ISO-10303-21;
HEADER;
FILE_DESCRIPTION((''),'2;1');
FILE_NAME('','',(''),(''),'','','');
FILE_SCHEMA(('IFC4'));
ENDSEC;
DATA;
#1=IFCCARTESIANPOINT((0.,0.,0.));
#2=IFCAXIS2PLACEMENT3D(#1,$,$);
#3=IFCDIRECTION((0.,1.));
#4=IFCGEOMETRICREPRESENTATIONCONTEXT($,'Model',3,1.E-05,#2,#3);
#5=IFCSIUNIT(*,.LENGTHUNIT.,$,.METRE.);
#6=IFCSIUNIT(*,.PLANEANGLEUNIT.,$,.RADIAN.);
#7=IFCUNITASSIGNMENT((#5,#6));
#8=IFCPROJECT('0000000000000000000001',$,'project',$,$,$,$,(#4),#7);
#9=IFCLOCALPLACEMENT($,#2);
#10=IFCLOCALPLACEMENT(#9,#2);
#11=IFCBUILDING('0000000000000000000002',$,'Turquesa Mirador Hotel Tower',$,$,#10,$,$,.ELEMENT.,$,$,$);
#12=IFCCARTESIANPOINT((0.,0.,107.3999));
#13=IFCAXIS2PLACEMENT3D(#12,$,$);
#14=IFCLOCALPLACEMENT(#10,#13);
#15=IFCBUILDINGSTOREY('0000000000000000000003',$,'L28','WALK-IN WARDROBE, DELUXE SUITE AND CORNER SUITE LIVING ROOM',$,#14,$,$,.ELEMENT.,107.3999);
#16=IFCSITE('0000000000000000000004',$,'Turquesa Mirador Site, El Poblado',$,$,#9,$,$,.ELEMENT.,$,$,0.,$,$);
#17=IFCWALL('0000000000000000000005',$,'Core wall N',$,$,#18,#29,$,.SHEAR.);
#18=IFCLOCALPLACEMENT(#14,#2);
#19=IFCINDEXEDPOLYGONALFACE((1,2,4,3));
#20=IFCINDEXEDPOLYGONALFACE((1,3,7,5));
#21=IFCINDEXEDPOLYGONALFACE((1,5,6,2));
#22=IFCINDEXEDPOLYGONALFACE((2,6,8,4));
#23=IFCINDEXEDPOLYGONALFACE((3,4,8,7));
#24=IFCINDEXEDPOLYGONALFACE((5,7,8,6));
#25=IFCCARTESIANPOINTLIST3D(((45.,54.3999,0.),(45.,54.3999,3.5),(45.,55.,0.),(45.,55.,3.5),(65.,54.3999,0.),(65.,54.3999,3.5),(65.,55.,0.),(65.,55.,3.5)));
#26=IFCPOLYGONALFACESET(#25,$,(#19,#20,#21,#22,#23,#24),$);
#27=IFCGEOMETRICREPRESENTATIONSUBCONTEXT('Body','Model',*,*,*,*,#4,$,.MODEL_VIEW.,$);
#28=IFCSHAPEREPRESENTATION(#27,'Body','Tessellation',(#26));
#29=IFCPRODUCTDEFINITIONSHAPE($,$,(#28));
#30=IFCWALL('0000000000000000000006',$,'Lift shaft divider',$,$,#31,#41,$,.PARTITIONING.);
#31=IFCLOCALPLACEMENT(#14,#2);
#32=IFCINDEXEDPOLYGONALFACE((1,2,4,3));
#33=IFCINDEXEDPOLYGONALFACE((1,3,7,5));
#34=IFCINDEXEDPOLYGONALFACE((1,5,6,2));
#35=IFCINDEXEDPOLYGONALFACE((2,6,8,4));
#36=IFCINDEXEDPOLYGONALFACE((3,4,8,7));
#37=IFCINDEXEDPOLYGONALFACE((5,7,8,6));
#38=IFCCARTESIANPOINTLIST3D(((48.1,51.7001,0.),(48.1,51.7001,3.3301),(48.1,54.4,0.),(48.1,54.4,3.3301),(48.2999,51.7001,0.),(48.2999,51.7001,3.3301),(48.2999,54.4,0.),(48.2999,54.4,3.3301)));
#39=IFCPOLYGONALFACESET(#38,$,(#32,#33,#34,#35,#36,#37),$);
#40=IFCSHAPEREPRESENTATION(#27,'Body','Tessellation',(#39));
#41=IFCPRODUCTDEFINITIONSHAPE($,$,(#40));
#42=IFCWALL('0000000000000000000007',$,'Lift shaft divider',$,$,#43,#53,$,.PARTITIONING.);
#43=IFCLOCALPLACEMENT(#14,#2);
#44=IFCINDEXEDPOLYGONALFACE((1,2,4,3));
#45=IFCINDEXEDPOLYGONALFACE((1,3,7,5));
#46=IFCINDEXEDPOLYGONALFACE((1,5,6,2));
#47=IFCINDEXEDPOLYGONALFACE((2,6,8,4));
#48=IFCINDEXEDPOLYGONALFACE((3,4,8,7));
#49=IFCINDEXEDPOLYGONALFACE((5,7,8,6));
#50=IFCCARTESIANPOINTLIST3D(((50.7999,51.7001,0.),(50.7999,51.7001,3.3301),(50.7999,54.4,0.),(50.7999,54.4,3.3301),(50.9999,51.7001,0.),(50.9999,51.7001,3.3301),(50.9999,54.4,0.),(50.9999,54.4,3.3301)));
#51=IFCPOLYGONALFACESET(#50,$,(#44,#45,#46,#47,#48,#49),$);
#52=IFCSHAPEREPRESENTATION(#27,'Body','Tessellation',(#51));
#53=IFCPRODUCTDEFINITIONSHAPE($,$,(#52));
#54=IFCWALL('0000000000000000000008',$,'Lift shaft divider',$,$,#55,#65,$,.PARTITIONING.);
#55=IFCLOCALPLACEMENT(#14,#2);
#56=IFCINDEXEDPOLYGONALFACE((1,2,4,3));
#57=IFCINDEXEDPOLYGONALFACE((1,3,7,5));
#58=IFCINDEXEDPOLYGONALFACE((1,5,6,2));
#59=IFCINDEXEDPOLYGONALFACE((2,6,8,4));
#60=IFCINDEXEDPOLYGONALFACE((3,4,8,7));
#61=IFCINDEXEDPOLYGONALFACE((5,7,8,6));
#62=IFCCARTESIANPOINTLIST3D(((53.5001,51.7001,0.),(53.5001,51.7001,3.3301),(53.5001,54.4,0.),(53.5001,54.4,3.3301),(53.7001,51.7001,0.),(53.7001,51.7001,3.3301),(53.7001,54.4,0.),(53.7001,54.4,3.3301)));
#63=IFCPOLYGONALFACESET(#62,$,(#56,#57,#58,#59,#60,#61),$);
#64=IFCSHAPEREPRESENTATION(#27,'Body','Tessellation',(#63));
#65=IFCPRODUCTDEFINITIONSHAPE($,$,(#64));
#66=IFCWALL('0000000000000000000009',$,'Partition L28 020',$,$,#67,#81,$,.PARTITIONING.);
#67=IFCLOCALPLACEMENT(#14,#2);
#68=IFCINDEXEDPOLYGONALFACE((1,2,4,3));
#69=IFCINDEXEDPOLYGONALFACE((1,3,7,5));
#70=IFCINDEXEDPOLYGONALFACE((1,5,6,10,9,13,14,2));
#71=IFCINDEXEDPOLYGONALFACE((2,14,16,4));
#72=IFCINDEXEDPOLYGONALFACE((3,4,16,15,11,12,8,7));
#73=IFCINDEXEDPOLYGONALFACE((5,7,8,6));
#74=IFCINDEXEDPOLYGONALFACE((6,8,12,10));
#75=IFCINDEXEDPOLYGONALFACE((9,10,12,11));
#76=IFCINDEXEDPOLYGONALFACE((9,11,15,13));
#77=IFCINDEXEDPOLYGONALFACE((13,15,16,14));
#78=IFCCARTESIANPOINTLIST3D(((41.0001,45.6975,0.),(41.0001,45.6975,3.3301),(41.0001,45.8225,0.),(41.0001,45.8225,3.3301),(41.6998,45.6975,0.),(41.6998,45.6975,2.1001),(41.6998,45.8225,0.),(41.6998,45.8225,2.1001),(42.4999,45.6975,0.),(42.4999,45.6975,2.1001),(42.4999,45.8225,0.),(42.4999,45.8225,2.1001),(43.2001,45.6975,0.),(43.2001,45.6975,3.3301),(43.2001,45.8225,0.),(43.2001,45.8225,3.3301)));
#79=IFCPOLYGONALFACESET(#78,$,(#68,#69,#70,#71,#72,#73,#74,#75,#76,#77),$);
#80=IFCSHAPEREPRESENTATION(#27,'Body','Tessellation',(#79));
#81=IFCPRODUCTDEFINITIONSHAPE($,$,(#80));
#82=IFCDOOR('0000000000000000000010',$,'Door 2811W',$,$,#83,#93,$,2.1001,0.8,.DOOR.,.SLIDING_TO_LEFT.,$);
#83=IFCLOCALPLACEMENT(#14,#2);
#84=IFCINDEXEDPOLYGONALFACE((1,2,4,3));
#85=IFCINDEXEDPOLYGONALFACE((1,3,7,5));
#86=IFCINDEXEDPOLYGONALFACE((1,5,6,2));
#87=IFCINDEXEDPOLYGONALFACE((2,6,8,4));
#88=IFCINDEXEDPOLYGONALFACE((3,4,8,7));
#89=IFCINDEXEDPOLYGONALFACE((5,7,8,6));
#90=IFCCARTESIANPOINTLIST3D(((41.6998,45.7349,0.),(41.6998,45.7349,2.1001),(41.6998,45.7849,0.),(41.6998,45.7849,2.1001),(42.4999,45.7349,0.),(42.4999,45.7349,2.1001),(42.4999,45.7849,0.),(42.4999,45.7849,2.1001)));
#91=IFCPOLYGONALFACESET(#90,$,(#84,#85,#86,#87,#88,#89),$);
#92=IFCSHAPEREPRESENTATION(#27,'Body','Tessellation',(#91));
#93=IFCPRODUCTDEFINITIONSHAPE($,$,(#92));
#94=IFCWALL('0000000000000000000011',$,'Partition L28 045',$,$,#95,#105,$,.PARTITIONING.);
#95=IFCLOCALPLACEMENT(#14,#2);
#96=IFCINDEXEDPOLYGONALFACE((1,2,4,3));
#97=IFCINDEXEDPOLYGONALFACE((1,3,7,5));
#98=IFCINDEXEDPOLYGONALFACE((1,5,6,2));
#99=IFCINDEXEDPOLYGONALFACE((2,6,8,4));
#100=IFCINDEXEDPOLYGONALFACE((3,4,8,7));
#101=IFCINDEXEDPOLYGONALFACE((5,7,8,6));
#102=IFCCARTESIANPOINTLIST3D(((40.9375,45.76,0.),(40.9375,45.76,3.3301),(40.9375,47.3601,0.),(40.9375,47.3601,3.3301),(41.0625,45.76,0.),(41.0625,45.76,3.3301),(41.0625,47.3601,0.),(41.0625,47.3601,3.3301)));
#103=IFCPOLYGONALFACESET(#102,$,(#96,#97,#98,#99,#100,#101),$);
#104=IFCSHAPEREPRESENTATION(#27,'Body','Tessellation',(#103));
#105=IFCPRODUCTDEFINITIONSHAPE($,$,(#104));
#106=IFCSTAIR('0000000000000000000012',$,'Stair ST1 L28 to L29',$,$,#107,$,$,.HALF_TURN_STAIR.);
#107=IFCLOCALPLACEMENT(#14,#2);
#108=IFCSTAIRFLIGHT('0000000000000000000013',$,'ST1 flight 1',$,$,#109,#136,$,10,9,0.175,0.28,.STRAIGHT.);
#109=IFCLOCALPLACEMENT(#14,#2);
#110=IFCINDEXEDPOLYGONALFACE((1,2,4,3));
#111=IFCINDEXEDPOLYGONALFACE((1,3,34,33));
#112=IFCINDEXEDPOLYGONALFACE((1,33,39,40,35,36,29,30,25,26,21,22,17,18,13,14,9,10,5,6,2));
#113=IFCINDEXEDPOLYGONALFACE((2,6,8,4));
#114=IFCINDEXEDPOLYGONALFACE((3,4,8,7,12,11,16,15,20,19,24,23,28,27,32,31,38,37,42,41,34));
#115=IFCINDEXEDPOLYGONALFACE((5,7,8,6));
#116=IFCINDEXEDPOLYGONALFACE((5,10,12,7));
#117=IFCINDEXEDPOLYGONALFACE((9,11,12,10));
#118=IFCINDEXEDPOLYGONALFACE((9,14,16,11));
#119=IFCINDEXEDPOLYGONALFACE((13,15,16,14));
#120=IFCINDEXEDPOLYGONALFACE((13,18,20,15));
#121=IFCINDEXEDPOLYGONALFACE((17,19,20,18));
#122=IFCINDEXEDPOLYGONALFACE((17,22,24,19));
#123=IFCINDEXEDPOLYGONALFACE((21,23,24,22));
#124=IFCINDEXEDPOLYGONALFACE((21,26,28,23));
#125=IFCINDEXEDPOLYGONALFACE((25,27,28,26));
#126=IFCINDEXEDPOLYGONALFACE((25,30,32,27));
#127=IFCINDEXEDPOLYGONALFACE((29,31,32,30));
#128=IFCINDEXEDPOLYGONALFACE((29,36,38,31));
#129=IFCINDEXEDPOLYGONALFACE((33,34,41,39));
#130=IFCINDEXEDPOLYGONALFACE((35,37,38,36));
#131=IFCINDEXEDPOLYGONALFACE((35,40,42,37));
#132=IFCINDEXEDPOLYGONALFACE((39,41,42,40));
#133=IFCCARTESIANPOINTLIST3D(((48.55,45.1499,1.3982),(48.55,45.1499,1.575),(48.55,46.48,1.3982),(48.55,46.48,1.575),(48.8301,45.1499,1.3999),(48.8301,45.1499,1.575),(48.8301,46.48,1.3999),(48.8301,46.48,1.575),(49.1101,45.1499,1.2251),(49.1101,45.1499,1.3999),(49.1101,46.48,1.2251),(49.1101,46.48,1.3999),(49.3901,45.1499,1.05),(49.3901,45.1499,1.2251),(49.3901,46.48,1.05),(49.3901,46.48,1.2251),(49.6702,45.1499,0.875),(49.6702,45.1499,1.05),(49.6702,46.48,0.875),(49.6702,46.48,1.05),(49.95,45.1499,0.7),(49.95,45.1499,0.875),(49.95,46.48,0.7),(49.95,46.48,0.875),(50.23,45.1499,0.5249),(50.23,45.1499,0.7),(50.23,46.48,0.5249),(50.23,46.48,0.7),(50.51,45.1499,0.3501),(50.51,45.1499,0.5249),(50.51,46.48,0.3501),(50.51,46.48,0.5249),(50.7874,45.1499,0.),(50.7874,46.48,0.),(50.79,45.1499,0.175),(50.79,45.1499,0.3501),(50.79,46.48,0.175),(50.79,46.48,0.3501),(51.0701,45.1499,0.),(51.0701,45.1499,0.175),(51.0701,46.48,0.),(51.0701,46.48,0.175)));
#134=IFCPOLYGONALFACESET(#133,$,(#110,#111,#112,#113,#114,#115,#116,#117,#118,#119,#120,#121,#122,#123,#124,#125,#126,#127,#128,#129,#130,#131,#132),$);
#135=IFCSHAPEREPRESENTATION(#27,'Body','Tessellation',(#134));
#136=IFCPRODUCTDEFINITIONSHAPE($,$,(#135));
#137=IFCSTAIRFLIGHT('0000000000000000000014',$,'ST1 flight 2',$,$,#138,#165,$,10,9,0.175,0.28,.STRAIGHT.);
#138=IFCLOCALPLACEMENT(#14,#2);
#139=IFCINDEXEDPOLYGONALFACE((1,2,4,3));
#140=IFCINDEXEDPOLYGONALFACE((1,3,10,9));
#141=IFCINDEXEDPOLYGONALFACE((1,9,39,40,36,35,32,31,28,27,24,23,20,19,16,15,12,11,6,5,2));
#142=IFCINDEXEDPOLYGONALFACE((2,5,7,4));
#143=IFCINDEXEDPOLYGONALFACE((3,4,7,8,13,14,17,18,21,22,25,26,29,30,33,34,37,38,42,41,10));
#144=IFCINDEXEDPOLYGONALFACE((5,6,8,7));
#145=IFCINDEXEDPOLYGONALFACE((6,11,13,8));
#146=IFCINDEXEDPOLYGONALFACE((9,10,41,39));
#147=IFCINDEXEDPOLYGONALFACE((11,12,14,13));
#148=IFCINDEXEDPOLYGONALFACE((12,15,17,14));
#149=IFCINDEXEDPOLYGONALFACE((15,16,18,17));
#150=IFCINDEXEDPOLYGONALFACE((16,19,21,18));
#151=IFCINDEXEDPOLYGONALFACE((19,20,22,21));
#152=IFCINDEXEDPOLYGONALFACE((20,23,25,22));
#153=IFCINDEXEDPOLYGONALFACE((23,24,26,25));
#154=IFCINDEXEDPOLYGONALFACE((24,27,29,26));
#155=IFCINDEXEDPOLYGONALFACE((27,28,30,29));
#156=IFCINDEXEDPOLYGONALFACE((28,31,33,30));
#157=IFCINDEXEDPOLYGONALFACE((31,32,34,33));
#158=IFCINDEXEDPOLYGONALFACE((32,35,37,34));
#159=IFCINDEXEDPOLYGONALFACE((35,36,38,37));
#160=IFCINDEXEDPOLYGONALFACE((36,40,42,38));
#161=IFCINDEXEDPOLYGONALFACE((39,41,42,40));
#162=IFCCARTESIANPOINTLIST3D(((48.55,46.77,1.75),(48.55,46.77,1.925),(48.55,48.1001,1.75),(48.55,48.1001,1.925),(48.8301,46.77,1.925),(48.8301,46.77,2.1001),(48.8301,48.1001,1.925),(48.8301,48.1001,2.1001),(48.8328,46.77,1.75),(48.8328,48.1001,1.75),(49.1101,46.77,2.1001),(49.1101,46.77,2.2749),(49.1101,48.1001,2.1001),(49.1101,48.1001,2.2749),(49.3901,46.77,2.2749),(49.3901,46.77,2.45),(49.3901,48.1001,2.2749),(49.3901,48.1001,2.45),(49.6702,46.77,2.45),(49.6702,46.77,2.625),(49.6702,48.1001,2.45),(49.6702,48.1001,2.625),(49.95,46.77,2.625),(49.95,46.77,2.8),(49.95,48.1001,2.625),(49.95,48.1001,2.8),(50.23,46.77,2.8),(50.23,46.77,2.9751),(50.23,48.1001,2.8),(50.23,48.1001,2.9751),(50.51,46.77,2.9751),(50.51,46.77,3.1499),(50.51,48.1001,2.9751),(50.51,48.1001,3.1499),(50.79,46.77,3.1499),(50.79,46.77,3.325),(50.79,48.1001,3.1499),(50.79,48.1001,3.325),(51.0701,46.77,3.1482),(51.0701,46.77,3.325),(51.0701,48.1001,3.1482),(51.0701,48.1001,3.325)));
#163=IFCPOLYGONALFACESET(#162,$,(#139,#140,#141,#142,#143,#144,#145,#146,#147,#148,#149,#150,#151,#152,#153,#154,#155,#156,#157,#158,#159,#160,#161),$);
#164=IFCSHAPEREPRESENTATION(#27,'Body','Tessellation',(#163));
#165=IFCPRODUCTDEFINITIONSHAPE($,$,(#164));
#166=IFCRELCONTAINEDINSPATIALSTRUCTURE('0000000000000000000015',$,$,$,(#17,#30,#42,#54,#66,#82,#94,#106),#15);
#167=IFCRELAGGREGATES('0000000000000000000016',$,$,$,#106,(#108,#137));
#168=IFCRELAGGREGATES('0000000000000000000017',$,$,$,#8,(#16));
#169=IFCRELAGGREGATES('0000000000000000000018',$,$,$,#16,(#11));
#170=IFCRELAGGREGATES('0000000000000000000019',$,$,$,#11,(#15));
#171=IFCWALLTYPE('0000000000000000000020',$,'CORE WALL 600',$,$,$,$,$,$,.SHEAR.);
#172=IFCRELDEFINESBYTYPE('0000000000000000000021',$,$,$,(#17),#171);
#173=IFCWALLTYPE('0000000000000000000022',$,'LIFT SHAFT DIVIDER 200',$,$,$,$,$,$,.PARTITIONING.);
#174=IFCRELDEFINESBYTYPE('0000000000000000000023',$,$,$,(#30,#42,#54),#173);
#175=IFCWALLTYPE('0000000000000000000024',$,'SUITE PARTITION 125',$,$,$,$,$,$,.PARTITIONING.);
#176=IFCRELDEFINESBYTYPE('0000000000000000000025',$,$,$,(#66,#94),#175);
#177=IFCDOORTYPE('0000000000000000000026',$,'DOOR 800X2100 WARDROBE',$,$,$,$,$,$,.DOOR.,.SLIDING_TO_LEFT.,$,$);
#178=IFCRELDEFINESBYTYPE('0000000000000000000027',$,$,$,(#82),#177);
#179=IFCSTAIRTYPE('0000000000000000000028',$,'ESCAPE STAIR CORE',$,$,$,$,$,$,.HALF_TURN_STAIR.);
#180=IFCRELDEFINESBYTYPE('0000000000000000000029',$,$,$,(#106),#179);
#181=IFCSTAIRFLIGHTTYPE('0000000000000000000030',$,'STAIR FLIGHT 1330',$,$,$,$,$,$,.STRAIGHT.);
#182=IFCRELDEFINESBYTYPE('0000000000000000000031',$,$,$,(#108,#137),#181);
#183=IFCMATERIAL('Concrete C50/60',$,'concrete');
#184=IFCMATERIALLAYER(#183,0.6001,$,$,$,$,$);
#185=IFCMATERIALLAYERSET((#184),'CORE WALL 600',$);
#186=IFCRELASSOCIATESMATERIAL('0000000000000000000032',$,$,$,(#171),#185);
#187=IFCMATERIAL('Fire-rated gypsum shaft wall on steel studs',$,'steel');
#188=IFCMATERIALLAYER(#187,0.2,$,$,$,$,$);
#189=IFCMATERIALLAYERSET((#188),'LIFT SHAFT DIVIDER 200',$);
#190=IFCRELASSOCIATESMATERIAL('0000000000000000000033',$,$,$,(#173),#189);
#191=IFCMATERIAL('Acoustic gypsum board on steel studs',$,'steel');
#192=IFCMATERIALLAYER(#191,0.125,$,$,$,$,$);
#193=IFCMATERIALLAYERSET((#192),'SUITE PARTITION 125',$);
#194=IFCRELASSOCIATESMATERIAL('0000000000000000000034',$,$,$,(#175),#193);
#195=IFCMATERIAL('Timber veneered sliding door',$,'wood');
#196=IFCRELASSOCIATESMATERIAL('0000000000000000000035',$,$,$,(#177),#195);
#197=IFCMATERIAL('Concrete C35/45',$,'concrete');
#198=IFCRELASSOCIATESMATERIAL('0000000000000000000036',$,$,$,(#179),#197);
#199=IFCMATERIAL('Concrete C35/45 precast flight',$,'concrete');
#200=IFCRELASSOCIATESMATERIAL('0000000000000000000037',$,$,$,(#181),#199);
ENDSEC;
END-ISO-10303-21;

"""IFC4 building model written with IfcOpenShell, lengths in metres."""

from ifc_helpers import new_model, si_unit, direction, frame, frame_2d, origin, place, context, subcontext, project, spatial, polyline, rectangle, outline, extrude, material, layer, layer_set, type_object, element, fill, aggregate, save


model = new_model("IFC4")

# Units and contexts
model_context = context("Model", 3, precision=1e-05, world=origin(), true_north=direction((0.0, 1.0)))
body_context = subcontext(model_context, "Body", "Model", "MODEL_VIEW")
ifc_project = project(units=[si_unit("LENGTHUNIT", "METRE"), si_unit("PLANEANGLEUNIT", "RADIAN")], contexts=[model_context])

# Site, building, storey
site_placement = place(None, origin())
site = spatial("IfcSite", under=ifc_project, at=site_placement, Name="Turquesa Mirador Site, El Poblado", CompositionType="ELEMENT", RefElevation=0.0)
building_placement = place(site_placement, origin())
building = spatial("IfcBuilding", under=site, at=building_placement, Name="Turquesa Mirador Hotel Tower", CompositionType="ELEMENT")
storey_placement = place(building_placement, frame((0.0, 0.0, 107.3999)))
storey = spatial("IfcBuildingStorey", under=building, at=storey_placement, Name="L28", Description="WALK-IN WARDROBE, DELUXE SUITE AND CORNER SUITE LIVING ROOM", CompositionType="ELEMENT", Elevation=107.3999)

# Walls
ifc_material_1 = material(Name="Concrete C50/60", Category="concrete")
ifc_layer_1 = layer(ifc_material_1, 0.6001)
ifc_layer_set_1 = layer_set([ifc_layer_1], Name="CORE WALL 600")
wall_type_1 = type_object("IfcWallType", Name="CORE WALL 600", PredefinedType="SHEAR", material=ifc_layer_set_1)
wall_1_placement = place(storey_placement, frame((45.0, 54.7, 0.0), z_axis=(0.0, 0.0, 1.0), x_axis=(1.0, 0.0, 0.0)))
element("IfcWall", 1, at=wall_1_placement, inside=storey, type_object=wall_type_1, Name="Core wall N", PredefinedType="SHEAR", context=body_context, shape_type="SweptSolid", body=[
    extrude(rectangle(XDim=20.0, YDim=0.6001, at=frame_2d((10.0, 0.0))), origin(), (0.0, 0.0, 1.0), 3.5),
])
ifc_material_2 = material(Name="Fire-rated gypsum shaft wall on steel studs", Category="steel")
ifc_layer_2 = layer(ifc_material_2, 0.2)
ifc_layer_set_2 = layer_set([ifc_layer_2], Name="LIFT SHAFT DIVIDER 200")
wall_type_2 = type_object("IfcWallType", Name="LIFT SHAFT DIVIDER 200", PredefinedType="PARTITIONING", material=ifc_layer_set_2)
for number, where, z_axis, x_axis, name in (
    (2, (48.2, 51.7, 0.0), (0.0, 0.0, 1.0), (0.0, 1.0, 0.0), "Lift shaft divider"),
    (3, (50.8999, 51.7, 0.0), (0.0, 0.0, 1.0), (0.0, 1.0, 0.0), "Lift shaft divider"),
    (4, (53.6001, 51.7, 0.0), (0.0, 0.0, 1.0), (0.0, 1.0, 0.0), "Lift shaft divider"),
):
    element("IfcWall", number, at=place(storey_placement, frame(where, z_axis=z_axis, x_axis=x_axis)), inside=storey, type_object=wall_type_2, Name=name, PredefinedType="PARTITIONING", context=body_context, shape_type="SweptSolid", body=[
        extrude(rectangle(XDim=2.7, YDim=0.2, at=frame_2d((1.3501, 0.0))), origin(), (0.0, 0.0, 1.0), 3.3301),
    ])

# Wall, opening, door
ifc_material_3 = material(Name="Acoustic gypsum board on steel studs", Category="steel")
ifc_layer_3 = layer(ifc_material_3, 0.125)
ifc_layer_set_3 = layer_set([ifc_layer_3], Name="SUITE PARTITION 125")
wall_type_3 = type_object("IfcWallType", Name="SUITE PARTITION 125", PredefinedType="PARTITIONING", material=ifc_layer_set_3)
wall_2_placement = place(storey_placement, frame((41.0, 45.76, 0.0), z_axis=(0.0, 0.0, 1.0), x_axis=(1.0, 0.0, 0.0)))
wall_2 = element("IfcWall", 5, at=wall_2_placement, inside=storey, type_object=wall_type_3, Name="Partition L28 020", PredefinedType="PARTITIONING", context=body_context, shape_type="SweptSolid", body=[
    extrude(rectangle(XDim=2.2, YDim=0.125, at=frame_2d((1.1001, 0.0))), origin(), (0.0, 0.0, 1.0), 3.3301),
])
opening_1_placement = place(wall_2_placement, frame((0.7, 0.0, 0.0)))
opening_1 = element("IfcOpeningElement", 6, at=opening_1_placement, cuts=wall_2, PredefinedType="OPENING", context=body_context, shape_type="SweptSolid", body=[
    extrude(rectangle(XDim=0.8, YDim=2.1001, at=frame_2d((0.3999, 1.05))), frame((0.0, 0.0725, 0.0), z_axis=(0.0, -1.0, 0.0), x_axis=(1.0, 0.0, 0.0)), (0.0, 0.0, 1.0), 0.145),
])
ifc_material_4 = material(Name="Timber veneered sliding door", Category="wood")
door_type_1 = type_object("IfcDoorType", Name="DOOR 800X2100 WARDROBE", OperationType="SLIDING_TO_LEFT", PredefinedType="DOOR", material=ifc_material_4)
door_1_placement = place(opening_1_placement, origin())
door_1 = element("IfcDoor", 7, at=door_1_placement, inside=storey, type_object=door_type_1, Name="Door 2811W", OperationType="SLIDING_TO_LEFT", OverallHeight=2.1001, OverallWidth=0.8, PredefinedType="DOOR", context=body_context, shape_type="SweptSolid", body=[
    extrude(rectangle(XDim=0.8, YDim=2.1001, at=frame_2d((0.3999, 1.05))), frame((0.0, 0.0249, 0.0), z_axis=(0.0, -1.0, 0.0), x_axis=(1.0, 0.0, 0.0)), (0.0, 0.0, 1.0), 0.05),
])
fill(opening_1, door_1)

# Wall
wall_3_placement = place(storey_placement, frame((41.0, 45.76, 0.0), z_axis=(0.0, 0.0, 1.0), x_axis=(0.0, 1.0, 0.0)))
element("IfcWall", 8, at=wall_3_placement, inside=storey, type_object=wall_type_3, Name="Partition L28 045", PredefinedType="PARTITIONING", context=body_context, shape_type="SweptSolid", body=[
    extrude(rectangle(XDim=1.6001, YDim=0.125, at=frame_2d((0.8, 0.0))), origin(), (0.0, 0.0, 1.0), 3.3301),
])

# Stair, stair flights
ifc_material_5 = material(Name="Concrete C35/45", Category="concrete")
stair_type = type_object("IfcStairType", Name="ESCAPE STAIR CORE", PredefinedType="HALF_TURN_STAIR", material=ifc_material_5)
stair_1_placement = place(storey_placement, origin())
stair_1 = element("IfcStair", 9, at=stair_1_placement, inside=storey, type_object=stair_type, Name="Stair ST1 L28 to L29", PredefinedType="HALF_TURN_STAIR")
ifc_material_6 = material(Name="Concrete C35/45 precast flight", Category="concrete")
stair_flight_type = type_object("IfcStairFlightType", Name="STAIR FLIGHT 1330", PredefinedType="STRAIGHT", material=ifc_material_6)
stair_flight_1_placement = place(storey_placement, frame((51.0701, 45.8149, 0.0), z_axis=(0.0, 0.0, 1.0), x_axis=(-1.0, 0.0, 0.0)))
stair_flight_1 = element("IfcStairFlight", 10, at=stair_flight_1_placement, type_object=stair_flight_type, Name="ST1 flight 1", NumberOfRisers=10, NumberOfTreads=9, PredefinedType="STRAIGHT", RiserHeight=0.175, TreadLength=0.28, context=body_context, shape_type="SweptSolid", body=[
    extrude(outline(polyline([(0.0, 0.0), (0.0, 0.175), (0.28, 0.175), (0.28, 0.3501), (0.5601, 0.3501), (0.5601, 0.5249), (0.8401, 0.5249), (0.8401, 0.7), (1.1201, 0.7), (1.1201, 0.875), (1.3999, 0.875), (1.3999, 1.05), (1.6799, 1.05), (1.6799, 1.2251), (1.96, 1.2251), (1.96, 1.3999), (2.24, 1.3999), (2.24, 1.575), (2.52, 1.575), (2.52, 1.75), (2.52, 1.3982), (0.2827, 0.0), (0.0, 0.0)])), frame((0.0, 0.665, 0.0), z_axis=(0.0, -1.0, 0.0), x_axis=(1.0, 0.0, 0.0)), (0.0, 0.0, 1.0), 1.3301),
])
stair_flight_2_placement = place(storey_placement, frame((48.55, 47.4351, 1.75), z_axis=(0.0, 0.0, 1.0), x_axis=(1.0, 0.0, 0.0)))
stair_flight_2 = element("IfcStairFlight", 11, at=stair_flight_2_placement, type_object=stair_flight_type, Name="ST1 flight 2", NumberOfRisers=10, NumberOfTreads=9, PredefinedType="STRAIGHT", RiserHeight=0.175, TreadLength=0.28, context=body_context, shape_type="SweptSolid", body=[
    extrude(outline(polyline([(0.0, 0.0), (0.0, 0.175), (0.28, 0.175), (0.28, 0.3501), (0.5601, 0.3501), (0.5601, 0.5249), (0.8401, 0.5249), (0.8401, 0.7), (1.1201, 0.7), (1.1201, 0.875), (1.3999, 0.875), (1.3999, 1.05), (1.6799, 1.05), (1.6799, 1.2251), (1.96, 1.2251), (1.96, 1.3999), (2.24, 1.3999), (2.24, 1.575), (2.52, 1.575), (2.52, 1.75), (2.52, 1.3982), (0.2827, 0.0), (0.0, 0.0)])), frame((0.0, 0.665, 0.0), z_axis=(0.0, -1.0, 0.0), x_axis=(1.0, 0.0, 0.0)), (0.0, 0.0, 1.0), 1.3301),
])
aggregate(stair_1, [stair_flight_1, stair_flight_2])

save(model, "model.ifc")
